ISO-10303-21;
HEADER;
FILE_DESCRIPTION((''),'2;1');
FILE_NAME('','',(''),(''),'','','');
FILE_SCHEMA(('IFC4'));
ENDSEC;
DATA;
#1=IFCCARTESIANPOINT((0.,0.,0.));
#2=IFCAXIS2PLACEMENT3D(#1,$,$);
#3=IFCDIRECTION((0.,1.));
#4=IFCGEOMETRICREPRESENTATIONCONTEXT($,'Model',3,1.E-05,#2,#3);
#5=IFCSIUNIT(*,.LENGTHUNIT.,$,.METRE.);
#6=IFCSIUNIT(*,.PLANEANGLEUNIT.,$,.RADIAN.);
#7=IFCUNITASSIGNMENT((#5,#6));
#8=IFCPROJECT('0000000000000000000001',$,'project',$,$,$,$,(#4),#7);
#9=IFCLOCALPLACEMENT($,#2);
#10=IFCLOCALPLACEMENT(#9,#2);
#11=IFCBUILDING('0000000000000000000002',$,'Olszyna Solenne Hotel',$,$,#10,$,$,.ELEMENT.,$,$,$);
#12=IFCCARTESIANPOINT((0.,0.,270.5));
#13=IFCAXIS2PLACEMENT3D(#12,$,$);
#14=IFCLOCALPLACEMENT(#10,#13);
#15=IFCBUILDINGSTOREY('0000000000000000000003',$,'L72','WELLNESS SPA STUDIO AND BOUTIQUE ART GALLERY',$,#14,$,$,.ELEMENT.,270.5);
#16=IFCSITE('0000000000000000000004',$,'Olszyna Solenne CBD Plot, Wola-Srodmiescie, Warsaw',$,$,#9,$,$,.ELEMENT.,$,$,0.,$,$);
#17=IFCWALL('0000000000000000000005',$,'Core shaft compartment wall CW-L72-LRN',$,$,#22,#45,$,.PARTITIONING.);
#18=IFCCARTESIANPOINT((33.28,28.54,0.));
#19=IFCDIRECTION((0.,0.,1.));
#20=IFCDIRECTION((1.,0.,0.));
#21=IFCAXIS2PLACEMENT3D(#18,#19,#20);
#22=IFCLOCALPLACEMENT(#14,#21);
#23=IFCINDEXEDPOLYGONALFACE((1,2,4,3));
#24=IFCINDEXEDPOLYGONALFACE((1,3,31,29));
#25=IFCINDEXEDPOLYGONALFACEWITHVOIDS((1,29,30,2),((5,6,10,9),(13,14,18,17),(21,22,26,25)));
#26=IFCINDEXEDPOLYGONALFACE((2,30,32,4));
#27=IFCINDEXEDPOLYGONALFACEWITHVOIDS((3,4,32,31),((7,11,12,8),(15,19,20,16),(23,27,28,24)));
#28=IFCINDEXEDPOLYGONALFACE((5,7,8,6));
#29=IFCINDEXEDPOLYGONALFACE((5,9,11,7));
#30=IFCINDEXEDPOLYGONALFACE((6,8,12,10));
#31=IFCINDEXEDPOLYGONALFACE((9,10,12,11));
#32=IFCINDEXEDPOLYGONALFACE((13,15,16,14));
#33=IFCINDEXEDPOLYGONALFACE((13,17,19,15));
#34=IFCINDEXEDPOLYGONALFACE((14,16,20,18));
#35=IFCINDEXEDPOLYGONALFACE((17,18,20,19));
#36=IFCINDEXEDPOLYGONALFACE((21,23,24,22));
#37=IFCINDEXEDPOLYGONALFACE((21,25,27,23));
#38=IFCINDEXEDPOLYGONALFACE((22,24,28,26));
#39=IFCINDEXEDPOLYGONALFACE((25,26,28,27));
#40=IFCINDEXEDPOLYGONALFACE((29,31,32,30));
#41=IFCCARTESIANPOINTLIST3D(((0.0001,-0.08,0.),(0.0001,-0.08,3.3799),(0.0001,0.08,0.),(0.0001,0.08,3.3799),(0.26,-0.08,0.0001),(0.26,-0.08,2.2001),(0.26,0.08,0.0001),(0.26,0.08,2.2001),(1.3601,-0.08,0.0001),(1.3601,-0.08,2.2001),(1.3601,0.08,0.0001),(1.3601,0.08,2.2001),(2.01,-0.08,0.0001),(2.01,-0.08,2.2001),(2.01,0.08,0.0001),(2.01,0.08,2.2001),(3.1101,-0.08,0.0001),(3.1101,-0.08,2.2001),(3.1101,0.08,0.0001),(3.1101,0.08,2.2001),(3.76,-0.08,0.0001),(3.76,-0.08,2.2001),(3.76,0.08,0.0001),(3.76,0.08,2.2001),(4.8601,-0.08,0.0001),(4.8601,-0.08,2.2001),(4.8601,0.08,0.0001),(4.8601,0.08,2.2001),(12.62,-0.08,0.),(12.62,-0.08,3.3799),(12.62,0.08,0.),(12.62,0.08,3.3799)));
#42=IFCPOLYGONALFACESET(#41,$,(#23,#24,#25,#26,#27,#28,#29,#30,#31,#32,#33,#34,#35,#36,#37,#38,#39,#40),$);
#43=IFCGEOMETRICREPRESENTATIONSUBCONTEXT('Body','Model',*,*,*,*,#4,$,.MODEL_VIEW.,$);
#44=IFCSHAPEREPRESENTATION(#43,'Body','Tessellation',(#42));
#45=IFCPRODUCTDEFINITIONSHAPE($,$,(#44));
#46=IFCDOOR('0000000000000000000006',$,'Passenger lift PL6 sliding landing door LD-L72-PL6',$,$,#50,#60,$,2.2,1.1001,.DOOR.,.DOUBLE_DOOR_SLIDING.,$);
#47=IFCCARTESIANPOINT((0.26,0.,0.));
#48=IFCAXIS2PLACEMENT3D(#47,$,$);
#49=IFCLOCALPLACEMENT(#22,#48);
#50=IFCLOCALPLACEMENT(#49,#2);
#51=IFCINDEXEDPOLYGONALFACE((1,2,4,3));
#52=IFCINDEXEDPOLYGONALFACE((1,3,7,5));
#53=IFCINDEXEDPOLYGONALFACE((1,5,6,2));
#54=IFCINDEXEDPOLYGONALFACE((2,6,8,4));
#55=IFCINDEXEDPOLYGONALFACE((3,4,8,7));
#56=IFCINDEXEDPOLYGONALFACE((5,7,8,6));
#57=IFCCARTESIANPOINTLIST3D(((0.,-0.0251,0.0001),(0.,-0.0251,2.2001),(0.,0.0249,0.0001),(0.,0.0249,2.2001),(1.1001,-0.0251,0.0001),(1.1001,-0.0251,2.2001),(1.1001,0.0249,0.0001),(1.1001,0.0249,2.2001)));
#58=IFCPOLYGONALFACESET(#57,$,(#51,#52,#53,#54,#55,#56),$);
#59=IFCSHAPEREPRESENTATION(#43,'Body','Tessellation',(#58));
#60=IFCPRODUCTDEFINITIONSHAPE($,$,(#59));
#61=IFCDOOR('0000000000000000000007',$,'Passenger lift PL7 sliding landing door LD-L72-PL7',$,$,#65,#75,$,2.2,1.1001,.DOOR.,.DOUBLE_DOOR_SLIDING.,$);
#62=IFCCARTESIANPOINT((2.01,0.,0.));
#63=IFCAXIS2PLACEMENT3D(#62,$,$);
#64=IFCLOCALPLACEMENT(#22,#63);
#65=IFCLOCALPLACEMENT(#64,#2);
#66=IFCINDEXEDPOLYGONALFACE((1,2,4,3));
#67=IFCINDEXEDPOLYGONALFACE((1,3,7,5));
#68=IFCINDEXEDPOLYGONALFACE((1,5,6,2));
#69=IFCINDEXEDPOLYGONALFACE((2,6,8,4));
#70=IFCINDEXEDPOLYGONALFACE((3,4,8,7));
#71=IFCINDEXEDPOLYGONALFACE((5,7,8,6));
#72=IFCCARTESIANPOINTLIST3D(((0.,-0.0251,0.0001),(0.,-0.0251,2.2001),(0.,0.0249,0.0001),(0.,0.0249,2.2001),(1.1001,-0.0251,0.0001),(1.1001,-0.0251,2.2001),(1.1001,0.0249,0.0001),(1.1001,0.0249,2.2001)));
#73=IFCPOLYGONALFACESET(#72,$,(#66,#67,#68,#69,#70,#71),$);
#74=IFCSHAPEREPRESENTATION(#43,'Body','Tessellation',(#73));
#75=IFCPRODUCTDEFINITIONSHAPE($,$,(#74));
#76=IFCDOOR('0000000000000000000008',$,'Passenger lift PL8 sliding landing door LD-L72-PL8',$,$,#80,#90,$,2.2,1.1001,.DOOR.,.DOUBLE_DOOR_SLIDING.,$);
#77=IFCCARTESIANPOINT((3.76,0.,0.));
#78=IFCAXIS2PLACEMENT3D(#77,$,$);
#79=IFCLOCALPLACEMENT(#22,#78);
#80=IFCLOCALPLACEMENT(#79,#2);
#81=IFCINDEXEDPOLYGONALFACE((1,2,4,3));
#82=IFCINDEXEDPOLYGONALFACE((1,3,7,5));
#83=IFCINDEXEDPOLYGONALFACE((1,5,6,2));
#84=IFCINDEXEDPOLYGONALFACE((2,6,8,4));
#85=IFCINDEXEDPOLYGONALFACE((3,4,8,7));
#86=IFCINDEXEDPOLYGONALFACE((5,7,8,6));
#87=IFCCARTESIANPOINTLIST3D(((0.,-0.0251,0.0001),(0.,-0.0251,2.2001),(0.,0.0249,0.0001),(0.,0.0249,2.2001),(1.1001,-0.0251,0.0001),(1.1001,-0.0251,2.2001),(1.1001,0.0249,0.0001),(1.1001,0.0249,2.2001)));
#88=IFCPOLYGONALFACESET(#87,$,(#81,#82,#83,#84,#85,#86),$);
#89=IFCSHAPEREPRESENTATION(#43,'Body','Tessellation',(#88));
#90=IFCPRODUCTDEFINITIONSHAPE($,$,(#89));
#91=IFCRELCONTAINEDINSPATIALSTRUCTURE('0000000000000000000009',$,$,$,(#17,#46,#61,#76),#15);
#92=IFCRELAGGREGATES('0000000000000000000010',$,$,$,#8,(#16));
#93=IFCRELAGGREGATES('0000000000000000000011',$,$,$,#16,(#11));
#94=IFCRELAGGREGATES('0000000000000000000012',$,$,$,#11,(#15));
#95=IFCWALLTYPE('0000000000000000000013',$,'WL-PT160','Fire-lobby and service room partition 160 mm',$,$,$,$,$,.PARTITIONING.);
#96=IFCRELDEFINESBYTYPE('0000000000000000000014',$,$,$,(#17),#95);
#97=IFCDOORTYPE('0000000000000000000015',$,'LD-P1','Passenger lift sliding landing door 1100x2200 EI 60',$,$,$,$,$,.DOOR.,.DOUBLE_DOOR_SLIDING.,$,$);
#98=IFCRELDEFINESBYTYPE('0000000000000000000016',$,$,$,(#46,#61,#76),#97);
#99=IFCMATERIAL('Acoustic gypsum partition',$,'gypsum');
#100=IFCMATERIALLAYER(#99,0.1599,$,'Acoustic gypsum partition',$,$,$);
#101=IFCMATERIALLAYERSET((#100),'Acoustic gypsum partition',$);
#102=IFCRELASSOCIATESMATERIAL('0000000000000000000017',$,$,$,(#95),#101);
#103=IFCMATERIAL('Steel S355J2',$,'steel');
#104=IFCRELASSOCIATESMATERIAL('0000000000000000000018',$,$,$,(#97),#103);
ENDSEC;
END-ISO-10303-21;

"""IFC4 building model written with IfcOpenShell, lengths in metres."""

from ifc_helpers import new_model, si_unit, direction, frame, frame_2d, origin, place, context, subcontext, project, spatial, rectangle, extrude, source, transform, mapped, material, layer, layer_set, type_object, type_shapes, element, fill, save


model = new_model("IFC4")

# Units and contexts
model_context = context("Model", 3, precision=1e-05, world=origin(), true_north=direction((0.0, 1.0)))
body_context = subcontext(model_context, "Body", "Model", "MODEL_VIEW")
ifc_project = project(units=[si_unit("LENGTHUNIT", "METRE"), si_unit("PLANEANGLEUNIT", "RADIAN")], contexts=[model_context])

# Site, building, storey
site_placement = place(None, origin())
site = spatial("IfcSite", under=ifc_project, at=site_placement, Name="Olszyna Solenne CBD Plot, Wola-Srodmiescie, Warsaw", CompositionType="ELEMENT", RefElevation=0.0)
building_placement = place(site_placement, origin())
building = spatial("IfcBuilding", under=site, at=building_placement, Name="Olszyna Solenne Hotel", CompositionType="ELEMENT")
storey_placement = place(building_placement, frame((0.0, 0.0, 270.5)))
storey = spatial("IfcBuildingStorey", under=building, at=storey_placement, Name="L72", Description="WELLNESS SPA STUDIO AND BOUTIQUE ART GALLERY", CompositionType="ELEMENT", Elevation=270.5)

# Shared definitions
ifc_material_1 = material(Name="Steel S355J2", Category="steel")

# Shared definitions
ifc_material_2 = material(Name="Acoustic gypsum partition", Category="gypsum")
ifc_layer_1 = layer(ifc_material_2, 0.1599, Name="Acoustic gypsum partition")
ifc_layer_set_1 = layer_set([ifc_layer_1], Name="Acoustic gypsum partition")
wall_type_1 = type_object("IfcWallType", Name="WL-PT160", Description="Fire-lobby and service room partition 160 mm", PredefinedType="PARTITIONING", material=ifc_layer_set_1)

# Shared definitions
door_type_1 = type_object("IfcDoorType", Name="LD-P1", Description="Passenger lift sliding landing door 1100x2200 EI 60", OperationType="DOUBLE_DOOR_SLIDING", PredefinedType="DOOR", material=ifc_material_1)
shared_shape_1 = source(origin(), body_context, "Body", "SweptSolid", [
    extrude(rectangle(XDim=1.1001, YDim=2.2, at=frame_2d((0.55, 1.1001))), frame((0.0, 0.0249, 0.0), z_axis=(0.0, -1.0, 0.0), x_axis=(1.0, 0.0, 0.0)), (0.0, 0.0, 1.0), 0.05),
])
type_shapes(door_type_1, [shared_shape_1])

# Wall, openings, doors
wall_1_placement = place(storey_placement, frame((33.28, 28.54, 0.0), z_axis=(0.0, 0.0, 1.0), x_axis=(1.0, 0.0, 0.0)))
wall_1 = element("IfcWall", 1, at=wall_1_placement, inside=storey, type_object=wall_type_1, Name="Core shaft compartment wall CW-L72-LRN", PredefinedType="PARTITIONING", context=body_context, shape_type="SweptSolid", body=[
    extrude(rectangle(XDim=12.6199, YDim=0.1599, at=frame_2d((6.3101, 0.0))), origin(), (0.0, 0.0, 1.0), 3.3799),
])
opening_1_placement = place(wall_1_placement, frame((0.26, 0.0, 0.0)))
opening_1 = element("IfcOpeningElement", 2, at=opening_1_placement, cuts=wall_1, PredefinedType="OPENING", context=body_context, shape_type="SweptSolid", body=[
    extrude(rectangle(XDim=1.1001, YDim=2.2, at=frame_2d((0.55, 1.1001))), frame((0.0, 0.0898, 0.0), z_axis=(0.0, -1.0, 0.0), x_axis=(1.0, 0.0, 0.0)), (0.0, 0.0, 1.0), 0.1799),
])
opening_2_placement = place(wall_1_placement, frame((2.01, 0.0, 0.0)))
opening_2 = element("IfcOpeningElement", 3, at=opening_2_placement, cuts=wall_1, PredefinedType="OPENING", context=body_context, shape_type="SweptSolid", body=[
    extrude(rectangle(XDim=1.1001, YDim=2.2, at=frame_2d((0.55, 1.1001))), frame((0.0, 0.0898, 0.0), z_axis=(0.0, -1.0, 0.0), x_axis=(1.0, 0.0, 0.0)), (0.0, 0.0, 1.0), 0.1799),
])
opening_3_placement = place(wall_1_placement, frame((3.76, 0.0, 0.0)))
opening_3 = element("IfcOpeningElement", 4, at=opening_3_placement, cuts=wall_1, PredefinedType="OPENING", context=body_context, shape_type="SweptSolid", body=[
    extrude(rectangle(XDim=1.1001, YDim=2.2, at=frame_2d((0.55, 1.1001))), frame((0.0, 0.0898, 0.0), z_axis=(0.0, -1.0, 0.0), x_axis=(1.0, 0.0, 0.0)), (0.0, 0.0, 1.0), 0.1799),
])
door_1_placement = place(opening_1_placement, origin())
door_1 = element("IfcDoor", 5, at=door_1_placement, inside=storey, type_object=door_type_1, Name="Passenger lift PL6 sliding landing door LD-L72-PL6", OperationType="DOUBLE_DOOR_SLIDING", OverallHeight=2.2, OverallWidth=1.1001, PredefinedType="DOOR", context=body_context, shape_type="MappedRepresentation", body=[
    mapped(shared_shape_1, transform((0.0, 0.0, 0.0), x_axis=(1.0, 0.0, 0.0), y_axis=(0.0, 1.0, 0.0), z_axis=(0.0, 0.0, 1.0), scale=1.0)),
])
fill(opening_1, door_1)
door_2_placement = place(opening_2_placement, origin())
door_2 = element("IfcDoor", 6, at=door_2_placement, inside=storey, type_object=door_type_1, Name="Passenger lift PL7 sliding landing door LD-L72-PL7", OperationType="DOUBLE_DOOR_SLIDING", OverallHeight=2.2, OverallWidth=1.1001, PredefinedType="DOOR", context=body_context, shape_type="MappedRepresentation", body=[
    mapped(shared_shape_1, transform((0.0, 0.0, 0.0), x_axis=(1.0, 0.0, 0.0), y_axis=(0.0, 1.0, 0.0), z_axis=(0.0, 0.0, 1.0), scale=1.0)),
])
fill(opening_2, door_2)
door_3_placement = place(opening_3_placement, origin())
door_3 = element("IfcDoor", 7, at=door_3_placement, inside=storey, type_object=door_type_1, Name="Passenger lift PL8 sliding landing door LD-L72-PL8", OperationType="DOUBLE_DOOR_SLIDING", OverallHeight=2.2, OverallWidth=1.1001, PredefinedType="DOOR", context=body_context, shape_type="MappedRepresentation", body=[
    mapped(shared_shape_1, transform((0.0, 0.0, 0.0), x_axis=(1.0, 0.0, 0.0), y_axis=(0.0, 1.0, 0.0), z_axis=(0.0, 0.0, 1.0), scale=1.0)),
])
fill(opening_3, door_3)

save(model, "model.ifc")
